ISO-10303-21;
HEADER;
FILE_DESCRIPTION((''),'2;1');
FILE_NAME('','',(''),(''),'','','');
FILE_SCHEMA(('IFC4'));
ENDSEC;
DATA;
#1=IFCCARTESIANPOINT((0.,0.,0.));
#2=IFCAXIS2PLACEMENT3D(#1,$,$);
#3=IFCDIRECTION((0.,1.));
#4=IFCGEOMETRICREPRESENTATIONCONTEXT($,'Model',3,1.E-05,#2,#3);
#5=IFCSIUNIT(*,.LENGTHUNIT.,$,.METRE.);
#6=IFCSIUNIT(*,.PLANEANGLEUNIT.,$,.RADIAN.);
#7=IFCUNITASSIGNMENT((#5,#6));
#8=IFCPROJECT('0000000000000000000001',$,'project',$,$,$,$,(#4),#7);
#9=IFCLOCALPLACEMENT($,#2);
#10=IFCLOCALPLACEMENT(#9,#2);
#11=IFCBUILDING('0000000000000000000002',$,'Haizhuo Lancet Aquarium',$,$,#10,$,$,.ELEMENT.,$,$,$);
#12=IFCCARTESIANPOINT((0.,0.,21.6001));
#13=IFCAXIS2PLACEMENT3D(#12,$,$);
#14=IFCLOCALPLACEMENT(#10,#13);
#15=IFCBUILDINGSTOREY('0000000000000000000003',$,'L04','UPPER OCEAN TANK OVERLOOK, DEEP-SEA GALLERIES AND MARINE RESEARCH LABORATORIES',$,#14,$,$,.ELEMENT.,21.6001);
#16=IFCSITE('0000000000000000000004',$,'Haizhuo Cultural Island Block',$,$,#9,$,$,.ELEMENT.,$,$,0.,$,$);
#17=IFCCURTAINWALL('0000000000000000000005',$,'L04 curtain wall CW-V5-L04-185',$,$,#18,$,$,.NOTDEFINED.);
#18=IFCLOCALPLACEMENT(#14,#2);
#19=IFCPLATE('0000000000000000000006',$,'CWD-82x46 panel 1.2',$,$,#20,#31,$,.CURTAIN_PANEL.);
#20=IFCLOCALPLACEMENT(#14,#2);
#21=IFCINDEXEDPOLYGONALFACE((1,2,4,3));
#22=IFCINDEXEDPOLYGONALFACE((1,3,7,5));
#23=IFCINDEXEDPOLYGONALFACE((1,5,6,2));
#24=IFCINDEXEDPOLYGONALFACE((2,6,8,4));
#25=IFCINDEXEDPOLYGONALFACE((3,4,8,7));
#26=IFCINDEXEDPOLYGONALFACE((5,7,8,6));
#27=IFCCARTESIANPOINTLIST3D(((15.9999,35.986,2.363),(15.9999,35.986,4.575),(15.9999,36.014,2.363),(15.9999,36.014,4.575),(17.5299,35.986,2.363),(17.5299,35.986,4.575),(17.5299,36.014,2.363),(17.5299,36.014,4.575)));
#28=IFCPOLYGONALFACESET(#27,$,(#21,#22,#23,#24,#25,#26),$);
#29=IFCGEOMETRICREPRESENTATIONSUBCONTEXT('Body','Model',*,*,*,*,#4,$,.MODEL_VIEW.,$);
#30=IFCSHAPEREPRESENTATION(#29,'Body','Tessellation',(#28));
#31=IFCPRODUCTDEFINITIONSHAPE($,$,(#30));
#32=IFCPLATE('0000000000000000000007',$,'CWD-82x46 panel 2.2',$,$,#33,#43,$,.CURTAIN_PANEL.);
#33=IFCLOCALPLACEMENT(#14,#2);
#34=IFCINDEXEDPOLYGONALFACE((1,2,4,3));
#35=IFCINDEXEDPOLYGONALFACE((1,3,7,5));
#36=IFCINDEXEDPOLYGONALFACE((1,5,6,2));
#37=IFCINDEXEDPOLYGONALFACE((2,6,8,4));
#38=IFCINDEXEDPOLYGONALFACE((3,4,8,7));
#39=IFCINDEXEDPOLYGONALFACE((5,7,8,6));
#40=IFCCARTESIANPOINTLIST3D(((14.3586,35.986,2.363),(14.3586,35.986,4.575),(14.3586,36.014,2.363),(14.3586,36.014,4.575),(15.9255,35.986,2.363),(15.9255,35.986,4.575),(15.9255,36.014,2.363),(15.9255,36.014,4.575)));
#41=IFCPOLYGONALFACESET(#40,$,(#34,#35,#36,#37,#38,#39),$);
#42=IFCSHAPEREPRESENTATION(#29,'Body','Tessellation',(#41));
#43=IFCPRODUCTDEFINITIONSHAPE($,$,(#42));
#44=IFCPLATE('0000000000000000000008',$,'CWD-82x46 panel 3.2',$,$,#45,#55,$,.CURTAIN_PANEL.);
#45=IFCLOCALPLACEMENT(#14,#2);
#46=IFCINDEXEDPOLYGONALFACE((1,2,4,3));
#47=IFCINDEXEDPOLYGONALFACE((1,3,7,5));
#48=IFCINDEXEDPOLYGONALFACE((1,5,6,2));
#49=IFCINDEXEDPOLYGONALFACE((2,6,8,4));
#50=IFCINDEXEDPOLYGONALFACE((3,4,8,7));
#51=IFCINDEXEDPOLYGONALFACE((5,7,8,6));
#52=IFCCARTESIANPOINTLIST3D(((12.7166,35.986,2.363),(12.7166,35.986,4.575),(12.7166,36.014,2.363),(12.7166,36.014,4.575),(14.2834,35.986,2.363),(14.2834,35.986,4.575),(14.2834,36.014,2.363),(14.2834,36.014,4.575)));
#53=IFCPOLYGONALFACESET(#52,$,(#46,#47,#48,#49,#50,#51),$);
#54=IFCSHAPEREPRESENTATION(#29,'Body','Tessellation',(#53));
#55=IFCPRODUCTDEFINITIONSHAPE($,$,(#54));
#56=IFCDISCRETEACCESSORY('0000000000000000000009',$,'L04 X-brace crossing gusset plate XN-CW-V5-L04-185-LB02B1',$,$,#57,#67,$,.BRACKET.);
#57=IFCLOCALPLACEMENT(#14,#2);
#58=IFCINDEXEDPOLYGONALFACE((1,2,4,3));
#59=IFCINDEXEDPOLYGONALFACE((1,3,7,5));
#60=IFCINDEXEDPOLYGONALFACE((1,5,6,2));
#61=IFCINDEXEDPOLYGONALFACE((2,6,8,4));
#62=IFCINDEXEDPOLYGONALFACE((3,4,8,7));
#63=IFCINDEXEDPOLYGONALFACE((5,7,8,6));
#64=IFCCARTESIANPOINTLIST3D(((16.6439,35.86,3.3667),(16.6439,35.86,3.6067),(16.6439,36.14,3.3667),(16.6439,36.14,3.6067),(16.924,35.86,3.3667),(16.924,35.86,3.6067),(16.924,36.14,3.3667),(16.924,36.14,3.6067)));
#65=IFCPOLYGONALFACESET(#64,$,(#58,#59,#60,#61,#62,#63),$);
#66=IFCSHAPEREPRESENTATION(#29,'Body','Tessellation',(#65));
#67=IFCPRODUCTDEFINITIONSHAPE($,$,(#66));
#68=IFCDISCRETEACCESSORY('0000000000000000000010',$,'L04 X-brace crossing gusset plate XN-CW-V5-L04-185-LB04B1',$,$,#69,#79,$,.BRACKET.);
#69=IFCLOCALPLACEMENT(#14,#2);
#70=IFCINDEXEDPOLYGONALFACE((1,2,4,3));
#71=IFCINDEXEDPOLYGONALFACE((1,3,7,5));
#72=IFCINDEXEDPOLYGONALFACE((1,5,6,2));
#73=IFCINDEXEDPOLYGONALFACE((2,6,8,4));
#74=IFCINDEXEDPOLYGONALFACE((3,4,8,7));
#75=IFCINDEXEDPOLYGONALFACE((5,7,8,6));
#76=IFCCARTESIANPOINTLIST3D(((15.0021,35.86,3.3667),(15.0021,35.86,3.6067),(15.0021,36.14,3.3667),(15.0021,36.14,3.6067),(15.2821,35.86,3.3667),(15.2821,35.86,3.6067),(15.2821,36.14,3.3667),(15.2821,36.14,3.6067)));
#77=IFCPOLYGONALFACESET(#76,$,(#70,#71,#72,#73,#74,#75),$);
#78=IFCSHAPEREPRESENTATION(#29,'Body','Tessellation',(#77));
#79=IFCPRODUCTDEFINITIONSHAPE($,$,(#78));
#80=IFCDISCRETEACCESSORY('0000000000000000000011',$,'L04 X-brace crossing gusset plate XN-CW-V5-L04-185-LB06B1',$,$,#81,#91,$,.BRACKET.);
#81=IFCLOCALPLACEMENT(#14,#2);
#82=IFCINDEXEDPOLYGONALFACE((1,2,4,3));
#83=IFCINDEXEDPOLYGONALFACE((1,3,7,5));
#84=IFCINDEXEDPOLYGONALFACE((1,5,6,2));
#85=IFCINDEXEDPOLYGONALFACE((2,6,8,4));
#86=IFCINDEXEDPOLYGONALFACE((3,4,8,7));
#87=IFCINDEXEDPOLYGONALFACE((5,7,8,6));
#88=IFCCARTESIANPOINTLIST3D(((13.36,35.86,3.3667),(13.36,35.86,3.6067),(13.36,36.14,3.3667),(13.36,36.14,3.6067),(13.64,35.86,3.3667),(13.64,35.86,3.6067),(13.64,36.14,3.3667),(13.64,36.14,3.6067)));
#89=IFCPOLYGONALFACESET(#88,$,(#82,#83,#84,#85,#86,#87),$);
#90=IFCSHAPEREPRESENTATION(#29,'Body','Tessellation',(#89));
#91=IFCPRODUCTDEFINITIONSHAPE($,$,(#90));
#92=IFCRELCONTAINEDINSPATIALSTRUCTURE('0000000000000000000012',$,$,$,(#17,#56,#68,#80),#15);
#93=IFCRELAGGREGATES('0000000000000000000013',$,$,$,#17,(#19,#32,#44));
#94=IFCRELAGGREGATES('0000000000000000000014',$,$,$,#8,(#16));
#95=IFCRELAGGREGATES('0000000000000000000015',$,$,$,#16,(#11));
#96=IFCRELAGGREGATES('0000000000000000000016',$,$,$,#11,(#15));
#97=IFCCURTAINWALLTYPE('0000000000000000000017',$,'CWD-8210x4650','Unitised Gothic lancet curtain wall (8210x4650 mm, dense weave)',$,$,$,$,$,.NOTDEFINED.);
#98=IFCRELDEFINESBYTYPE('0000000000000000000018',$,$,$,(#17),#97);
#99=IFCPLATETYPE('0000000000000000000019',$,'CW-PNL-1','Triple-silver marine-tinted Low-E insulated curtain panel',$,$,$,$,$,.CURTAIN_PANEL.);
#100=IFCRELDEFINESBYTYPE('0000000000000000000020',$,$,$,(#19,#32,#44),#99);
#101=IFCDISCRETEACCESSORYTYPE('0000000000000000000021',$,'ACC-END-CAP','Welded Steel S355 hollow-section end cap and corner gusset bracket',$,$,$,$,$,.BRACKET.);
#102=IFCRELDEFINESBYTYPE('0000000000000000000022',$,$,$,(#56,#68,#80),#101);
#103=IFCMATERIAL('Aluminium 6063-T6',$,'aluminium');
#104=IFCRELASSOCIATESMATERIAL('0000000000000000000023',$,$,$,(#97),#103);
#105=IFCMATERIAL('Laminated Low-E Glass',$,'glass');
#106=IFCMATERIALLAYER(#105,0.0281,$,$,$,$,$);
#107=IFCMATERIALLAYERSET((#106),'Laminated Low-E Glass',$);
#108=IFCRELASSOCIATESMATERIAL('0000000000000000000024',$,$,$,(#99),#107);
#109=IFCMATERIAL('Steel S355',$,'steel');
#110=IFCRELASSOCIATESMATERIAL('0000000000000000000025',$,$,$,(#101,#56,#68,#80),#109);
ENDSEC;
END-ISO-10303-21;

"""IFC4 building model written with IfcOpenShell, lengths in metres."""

from ifc_helpers import new_model, si_unit, direction, frame, origin, origin_2d, place, context, subcontext, project, spatial, rectangle, extrude, material, layer, layer_set, type_object, element, aggregate, save


model = new_model("IFC4")

# Units and contexts
model_context = context("Model", 3, precision=1e-05, world=origin(), true_north=direction((0.0, 1.0)))
body_context = subcontext(model_context, "Body", "Model", "MODEL_VIEW")
ifc_project = project(units=[si_unit("LENGTHUNIT", "METRE"), si_unit("PLANEANGLEUNIT", "RADIAN")], contexts=[model_context])

# Site, building, storey
site_placement = place(None, origin())
site = spatial("IfcSite", under=ifc_project, at=site_placement, Name="Haizhuo Cultural Island Block", CompositionType="ELEMENT", RefElevation=0.0)
building_placement = place(site_placement, origin())
building = spatial("IfcBuilding", under=site, at=building_placement, Name="Haizhuo Lancet Aquarium", CompositionType="ELEMENT")
storey_placement = place(building_placement, frame((0.0, 0.0, 21.6001)))
storey = spatial("IfcBuildingStorey", under=building, at=storey_placement, Name="L04", Description="UPPER OCEAN TANK OVERLOOK, DEEP-SEA GALLERIES AND MARINE RESEARCH LABORATORIES", CompositionType="ELEMENT", Elevation=21.6001)

# Curtain wall
ifc_material_1 = material(Name="Aluminium 6063-T6", Category="aluminium")
curtain_wall_type = type_object("IfcCurtainWallType", Name="CWD-8210x4650", Description="Unitised Gothic lancet curtain wall (8210x4650 mm, dense weave)", PredefinedType="NOTDEFINED", material=ifc_material_1)
curtain_wall_placement = place(storey_placement, origin())
curtain_wall = element("IfcCurtainWall", 1, at=curtain_wall_placement, inside=storey, type_object=curtain_wall_type, Name="L04 curtain wall CW-V5-L04-185", PredefinedType="NOTDEFINED")

# Shared definitions
ifc_material_2 = material(Name="Steel S355", Category="steel")

# Plates
ifc_material_3 = material(Name="Laminated Low-E Glass", Category="glass")
ifc_layer = layer(ifc_material_3, 0.0281)
ifc_layer_set = layer_set([ifc_layer], Name="Laminated Low-E Glass")
plate_type = type_object("IfcPlateType", Name="CW-PNL-1", Description="Triple-silver marine-tinted Low-E insulated curtain panel", PredefinedType="CURTAIN_PANEL", material=ifc_layer_set)
plate_1_placement = place(storey_placement, frame((16.7649, 36.0, 2.363), z_axis=(0.0, 0.0, 1.0), x_axis=(-1.0, 0.0, 0.0)))
plate_1 = element("IfcPlate", 2, at=plate_1_placement, type_object=plate_type, Name="CWD-82x46 panel 1.2", PredefinedType="CURTAIN_PANEL", context=body_context, shape_type="SweptSolid", body=[
    extrude(rectangle(XDim=1.53, YDim=0.0281, at=origin_2d()), origin(), (0.0, 0.0, 1.0), 2.2119),
])
plate_2_placement = place(storey_placement, frame((15.1421, 36.0, 2.363), z_axis=(0.0, 0.0, 1.0), x_axis=(-1.0, 0.0, 0.0)))
plate_2 = element("IfcPlate", 3, at=plate_2_placement, type_object=plate_type, Name="CWD-82x46 panel 2.2", PredefinedType="CURTAIN_PANEL", context=body_context, shape_type="SweptSolid", body=[
    extrude(rectangle(XDim=1.5669, YDim=0.0281, at=origin_2d()), origin(), (0.0, 0.0, 1.0), 2.2119),
])
plate_3_placement = place(storey_placement, frame((13.5, 36.0, 2.363), z_axis=(0.0, 0.0, 1.0), x_axis=(-1.0, 0.0, 0.0)))
plate_3 = element("IfcPlate", 4, at=plate_3_placement, type_object=plate_type, Name="CWD-82x46 panel 3.2", PredefinedType="CURTAIN_PANEL", context=body_context, shape_type="SweptSolid", body=[
    extrude(rectangle(XDim=1.5669, YDim=0.0281, at=origin_2d()), origin(), (0.0, 0.0, 1.0), 2.2119),
])
aggregate(curtain_wall, [plate_1, plate_2, plate_3])

# Discrete accessories
discrete_accessory_type = type_object("IfcDiscreteAccessoryType", Name="ACC-END-CAP", Description="Welded Steel S355 hollow-section end cap and corner gusset bracket", PredefinedType="BRACKET", material=ifc_material_2)
for number, where, z_axis, x_axis, name in (
    (5, (16.7839, 36.0, 3.3667), (0.0, 0.0, 1.0), (1.0, 0.0, 0.0), "L04 X-brace crossing gusset plate XN-CW-V5-L04-185-LB02B1"),
    (6, (15.1421, 36.0, 3.3667), (0.0, 0.0, 1.0), (1.0, 0.0, 0.0), "L04 X-brace crossing gusset plate XN-CW-V5-L04-185-LB04B1"),
    (7, (13.5, 36.0, 3.3667), (0.0, 0.0, 1.0), (1.0, 0.0, 0.0), "L04 X-brace crossing gusset plate XN-CW-V5-L04-185-LB06B1"),
):
    element("IfcDiscreteAccessory", number, at=place(storey_placement, frame(where, z_axis=z_axis, x_axis=x_axis)), inside=storey, type_object=discrete_accessory_type, material=ifc_material_2, Name=name, PredefinedType="BRACKET", context=body_context, shape_type="SweptSolid", body=[
        extrude(rectangle(XDim=0.28, YDim=0.28, at=origin_2d()), origin(), (0.0, 0.0, 1.0), 0.24),
    ])

save(model, "model.ifc")
